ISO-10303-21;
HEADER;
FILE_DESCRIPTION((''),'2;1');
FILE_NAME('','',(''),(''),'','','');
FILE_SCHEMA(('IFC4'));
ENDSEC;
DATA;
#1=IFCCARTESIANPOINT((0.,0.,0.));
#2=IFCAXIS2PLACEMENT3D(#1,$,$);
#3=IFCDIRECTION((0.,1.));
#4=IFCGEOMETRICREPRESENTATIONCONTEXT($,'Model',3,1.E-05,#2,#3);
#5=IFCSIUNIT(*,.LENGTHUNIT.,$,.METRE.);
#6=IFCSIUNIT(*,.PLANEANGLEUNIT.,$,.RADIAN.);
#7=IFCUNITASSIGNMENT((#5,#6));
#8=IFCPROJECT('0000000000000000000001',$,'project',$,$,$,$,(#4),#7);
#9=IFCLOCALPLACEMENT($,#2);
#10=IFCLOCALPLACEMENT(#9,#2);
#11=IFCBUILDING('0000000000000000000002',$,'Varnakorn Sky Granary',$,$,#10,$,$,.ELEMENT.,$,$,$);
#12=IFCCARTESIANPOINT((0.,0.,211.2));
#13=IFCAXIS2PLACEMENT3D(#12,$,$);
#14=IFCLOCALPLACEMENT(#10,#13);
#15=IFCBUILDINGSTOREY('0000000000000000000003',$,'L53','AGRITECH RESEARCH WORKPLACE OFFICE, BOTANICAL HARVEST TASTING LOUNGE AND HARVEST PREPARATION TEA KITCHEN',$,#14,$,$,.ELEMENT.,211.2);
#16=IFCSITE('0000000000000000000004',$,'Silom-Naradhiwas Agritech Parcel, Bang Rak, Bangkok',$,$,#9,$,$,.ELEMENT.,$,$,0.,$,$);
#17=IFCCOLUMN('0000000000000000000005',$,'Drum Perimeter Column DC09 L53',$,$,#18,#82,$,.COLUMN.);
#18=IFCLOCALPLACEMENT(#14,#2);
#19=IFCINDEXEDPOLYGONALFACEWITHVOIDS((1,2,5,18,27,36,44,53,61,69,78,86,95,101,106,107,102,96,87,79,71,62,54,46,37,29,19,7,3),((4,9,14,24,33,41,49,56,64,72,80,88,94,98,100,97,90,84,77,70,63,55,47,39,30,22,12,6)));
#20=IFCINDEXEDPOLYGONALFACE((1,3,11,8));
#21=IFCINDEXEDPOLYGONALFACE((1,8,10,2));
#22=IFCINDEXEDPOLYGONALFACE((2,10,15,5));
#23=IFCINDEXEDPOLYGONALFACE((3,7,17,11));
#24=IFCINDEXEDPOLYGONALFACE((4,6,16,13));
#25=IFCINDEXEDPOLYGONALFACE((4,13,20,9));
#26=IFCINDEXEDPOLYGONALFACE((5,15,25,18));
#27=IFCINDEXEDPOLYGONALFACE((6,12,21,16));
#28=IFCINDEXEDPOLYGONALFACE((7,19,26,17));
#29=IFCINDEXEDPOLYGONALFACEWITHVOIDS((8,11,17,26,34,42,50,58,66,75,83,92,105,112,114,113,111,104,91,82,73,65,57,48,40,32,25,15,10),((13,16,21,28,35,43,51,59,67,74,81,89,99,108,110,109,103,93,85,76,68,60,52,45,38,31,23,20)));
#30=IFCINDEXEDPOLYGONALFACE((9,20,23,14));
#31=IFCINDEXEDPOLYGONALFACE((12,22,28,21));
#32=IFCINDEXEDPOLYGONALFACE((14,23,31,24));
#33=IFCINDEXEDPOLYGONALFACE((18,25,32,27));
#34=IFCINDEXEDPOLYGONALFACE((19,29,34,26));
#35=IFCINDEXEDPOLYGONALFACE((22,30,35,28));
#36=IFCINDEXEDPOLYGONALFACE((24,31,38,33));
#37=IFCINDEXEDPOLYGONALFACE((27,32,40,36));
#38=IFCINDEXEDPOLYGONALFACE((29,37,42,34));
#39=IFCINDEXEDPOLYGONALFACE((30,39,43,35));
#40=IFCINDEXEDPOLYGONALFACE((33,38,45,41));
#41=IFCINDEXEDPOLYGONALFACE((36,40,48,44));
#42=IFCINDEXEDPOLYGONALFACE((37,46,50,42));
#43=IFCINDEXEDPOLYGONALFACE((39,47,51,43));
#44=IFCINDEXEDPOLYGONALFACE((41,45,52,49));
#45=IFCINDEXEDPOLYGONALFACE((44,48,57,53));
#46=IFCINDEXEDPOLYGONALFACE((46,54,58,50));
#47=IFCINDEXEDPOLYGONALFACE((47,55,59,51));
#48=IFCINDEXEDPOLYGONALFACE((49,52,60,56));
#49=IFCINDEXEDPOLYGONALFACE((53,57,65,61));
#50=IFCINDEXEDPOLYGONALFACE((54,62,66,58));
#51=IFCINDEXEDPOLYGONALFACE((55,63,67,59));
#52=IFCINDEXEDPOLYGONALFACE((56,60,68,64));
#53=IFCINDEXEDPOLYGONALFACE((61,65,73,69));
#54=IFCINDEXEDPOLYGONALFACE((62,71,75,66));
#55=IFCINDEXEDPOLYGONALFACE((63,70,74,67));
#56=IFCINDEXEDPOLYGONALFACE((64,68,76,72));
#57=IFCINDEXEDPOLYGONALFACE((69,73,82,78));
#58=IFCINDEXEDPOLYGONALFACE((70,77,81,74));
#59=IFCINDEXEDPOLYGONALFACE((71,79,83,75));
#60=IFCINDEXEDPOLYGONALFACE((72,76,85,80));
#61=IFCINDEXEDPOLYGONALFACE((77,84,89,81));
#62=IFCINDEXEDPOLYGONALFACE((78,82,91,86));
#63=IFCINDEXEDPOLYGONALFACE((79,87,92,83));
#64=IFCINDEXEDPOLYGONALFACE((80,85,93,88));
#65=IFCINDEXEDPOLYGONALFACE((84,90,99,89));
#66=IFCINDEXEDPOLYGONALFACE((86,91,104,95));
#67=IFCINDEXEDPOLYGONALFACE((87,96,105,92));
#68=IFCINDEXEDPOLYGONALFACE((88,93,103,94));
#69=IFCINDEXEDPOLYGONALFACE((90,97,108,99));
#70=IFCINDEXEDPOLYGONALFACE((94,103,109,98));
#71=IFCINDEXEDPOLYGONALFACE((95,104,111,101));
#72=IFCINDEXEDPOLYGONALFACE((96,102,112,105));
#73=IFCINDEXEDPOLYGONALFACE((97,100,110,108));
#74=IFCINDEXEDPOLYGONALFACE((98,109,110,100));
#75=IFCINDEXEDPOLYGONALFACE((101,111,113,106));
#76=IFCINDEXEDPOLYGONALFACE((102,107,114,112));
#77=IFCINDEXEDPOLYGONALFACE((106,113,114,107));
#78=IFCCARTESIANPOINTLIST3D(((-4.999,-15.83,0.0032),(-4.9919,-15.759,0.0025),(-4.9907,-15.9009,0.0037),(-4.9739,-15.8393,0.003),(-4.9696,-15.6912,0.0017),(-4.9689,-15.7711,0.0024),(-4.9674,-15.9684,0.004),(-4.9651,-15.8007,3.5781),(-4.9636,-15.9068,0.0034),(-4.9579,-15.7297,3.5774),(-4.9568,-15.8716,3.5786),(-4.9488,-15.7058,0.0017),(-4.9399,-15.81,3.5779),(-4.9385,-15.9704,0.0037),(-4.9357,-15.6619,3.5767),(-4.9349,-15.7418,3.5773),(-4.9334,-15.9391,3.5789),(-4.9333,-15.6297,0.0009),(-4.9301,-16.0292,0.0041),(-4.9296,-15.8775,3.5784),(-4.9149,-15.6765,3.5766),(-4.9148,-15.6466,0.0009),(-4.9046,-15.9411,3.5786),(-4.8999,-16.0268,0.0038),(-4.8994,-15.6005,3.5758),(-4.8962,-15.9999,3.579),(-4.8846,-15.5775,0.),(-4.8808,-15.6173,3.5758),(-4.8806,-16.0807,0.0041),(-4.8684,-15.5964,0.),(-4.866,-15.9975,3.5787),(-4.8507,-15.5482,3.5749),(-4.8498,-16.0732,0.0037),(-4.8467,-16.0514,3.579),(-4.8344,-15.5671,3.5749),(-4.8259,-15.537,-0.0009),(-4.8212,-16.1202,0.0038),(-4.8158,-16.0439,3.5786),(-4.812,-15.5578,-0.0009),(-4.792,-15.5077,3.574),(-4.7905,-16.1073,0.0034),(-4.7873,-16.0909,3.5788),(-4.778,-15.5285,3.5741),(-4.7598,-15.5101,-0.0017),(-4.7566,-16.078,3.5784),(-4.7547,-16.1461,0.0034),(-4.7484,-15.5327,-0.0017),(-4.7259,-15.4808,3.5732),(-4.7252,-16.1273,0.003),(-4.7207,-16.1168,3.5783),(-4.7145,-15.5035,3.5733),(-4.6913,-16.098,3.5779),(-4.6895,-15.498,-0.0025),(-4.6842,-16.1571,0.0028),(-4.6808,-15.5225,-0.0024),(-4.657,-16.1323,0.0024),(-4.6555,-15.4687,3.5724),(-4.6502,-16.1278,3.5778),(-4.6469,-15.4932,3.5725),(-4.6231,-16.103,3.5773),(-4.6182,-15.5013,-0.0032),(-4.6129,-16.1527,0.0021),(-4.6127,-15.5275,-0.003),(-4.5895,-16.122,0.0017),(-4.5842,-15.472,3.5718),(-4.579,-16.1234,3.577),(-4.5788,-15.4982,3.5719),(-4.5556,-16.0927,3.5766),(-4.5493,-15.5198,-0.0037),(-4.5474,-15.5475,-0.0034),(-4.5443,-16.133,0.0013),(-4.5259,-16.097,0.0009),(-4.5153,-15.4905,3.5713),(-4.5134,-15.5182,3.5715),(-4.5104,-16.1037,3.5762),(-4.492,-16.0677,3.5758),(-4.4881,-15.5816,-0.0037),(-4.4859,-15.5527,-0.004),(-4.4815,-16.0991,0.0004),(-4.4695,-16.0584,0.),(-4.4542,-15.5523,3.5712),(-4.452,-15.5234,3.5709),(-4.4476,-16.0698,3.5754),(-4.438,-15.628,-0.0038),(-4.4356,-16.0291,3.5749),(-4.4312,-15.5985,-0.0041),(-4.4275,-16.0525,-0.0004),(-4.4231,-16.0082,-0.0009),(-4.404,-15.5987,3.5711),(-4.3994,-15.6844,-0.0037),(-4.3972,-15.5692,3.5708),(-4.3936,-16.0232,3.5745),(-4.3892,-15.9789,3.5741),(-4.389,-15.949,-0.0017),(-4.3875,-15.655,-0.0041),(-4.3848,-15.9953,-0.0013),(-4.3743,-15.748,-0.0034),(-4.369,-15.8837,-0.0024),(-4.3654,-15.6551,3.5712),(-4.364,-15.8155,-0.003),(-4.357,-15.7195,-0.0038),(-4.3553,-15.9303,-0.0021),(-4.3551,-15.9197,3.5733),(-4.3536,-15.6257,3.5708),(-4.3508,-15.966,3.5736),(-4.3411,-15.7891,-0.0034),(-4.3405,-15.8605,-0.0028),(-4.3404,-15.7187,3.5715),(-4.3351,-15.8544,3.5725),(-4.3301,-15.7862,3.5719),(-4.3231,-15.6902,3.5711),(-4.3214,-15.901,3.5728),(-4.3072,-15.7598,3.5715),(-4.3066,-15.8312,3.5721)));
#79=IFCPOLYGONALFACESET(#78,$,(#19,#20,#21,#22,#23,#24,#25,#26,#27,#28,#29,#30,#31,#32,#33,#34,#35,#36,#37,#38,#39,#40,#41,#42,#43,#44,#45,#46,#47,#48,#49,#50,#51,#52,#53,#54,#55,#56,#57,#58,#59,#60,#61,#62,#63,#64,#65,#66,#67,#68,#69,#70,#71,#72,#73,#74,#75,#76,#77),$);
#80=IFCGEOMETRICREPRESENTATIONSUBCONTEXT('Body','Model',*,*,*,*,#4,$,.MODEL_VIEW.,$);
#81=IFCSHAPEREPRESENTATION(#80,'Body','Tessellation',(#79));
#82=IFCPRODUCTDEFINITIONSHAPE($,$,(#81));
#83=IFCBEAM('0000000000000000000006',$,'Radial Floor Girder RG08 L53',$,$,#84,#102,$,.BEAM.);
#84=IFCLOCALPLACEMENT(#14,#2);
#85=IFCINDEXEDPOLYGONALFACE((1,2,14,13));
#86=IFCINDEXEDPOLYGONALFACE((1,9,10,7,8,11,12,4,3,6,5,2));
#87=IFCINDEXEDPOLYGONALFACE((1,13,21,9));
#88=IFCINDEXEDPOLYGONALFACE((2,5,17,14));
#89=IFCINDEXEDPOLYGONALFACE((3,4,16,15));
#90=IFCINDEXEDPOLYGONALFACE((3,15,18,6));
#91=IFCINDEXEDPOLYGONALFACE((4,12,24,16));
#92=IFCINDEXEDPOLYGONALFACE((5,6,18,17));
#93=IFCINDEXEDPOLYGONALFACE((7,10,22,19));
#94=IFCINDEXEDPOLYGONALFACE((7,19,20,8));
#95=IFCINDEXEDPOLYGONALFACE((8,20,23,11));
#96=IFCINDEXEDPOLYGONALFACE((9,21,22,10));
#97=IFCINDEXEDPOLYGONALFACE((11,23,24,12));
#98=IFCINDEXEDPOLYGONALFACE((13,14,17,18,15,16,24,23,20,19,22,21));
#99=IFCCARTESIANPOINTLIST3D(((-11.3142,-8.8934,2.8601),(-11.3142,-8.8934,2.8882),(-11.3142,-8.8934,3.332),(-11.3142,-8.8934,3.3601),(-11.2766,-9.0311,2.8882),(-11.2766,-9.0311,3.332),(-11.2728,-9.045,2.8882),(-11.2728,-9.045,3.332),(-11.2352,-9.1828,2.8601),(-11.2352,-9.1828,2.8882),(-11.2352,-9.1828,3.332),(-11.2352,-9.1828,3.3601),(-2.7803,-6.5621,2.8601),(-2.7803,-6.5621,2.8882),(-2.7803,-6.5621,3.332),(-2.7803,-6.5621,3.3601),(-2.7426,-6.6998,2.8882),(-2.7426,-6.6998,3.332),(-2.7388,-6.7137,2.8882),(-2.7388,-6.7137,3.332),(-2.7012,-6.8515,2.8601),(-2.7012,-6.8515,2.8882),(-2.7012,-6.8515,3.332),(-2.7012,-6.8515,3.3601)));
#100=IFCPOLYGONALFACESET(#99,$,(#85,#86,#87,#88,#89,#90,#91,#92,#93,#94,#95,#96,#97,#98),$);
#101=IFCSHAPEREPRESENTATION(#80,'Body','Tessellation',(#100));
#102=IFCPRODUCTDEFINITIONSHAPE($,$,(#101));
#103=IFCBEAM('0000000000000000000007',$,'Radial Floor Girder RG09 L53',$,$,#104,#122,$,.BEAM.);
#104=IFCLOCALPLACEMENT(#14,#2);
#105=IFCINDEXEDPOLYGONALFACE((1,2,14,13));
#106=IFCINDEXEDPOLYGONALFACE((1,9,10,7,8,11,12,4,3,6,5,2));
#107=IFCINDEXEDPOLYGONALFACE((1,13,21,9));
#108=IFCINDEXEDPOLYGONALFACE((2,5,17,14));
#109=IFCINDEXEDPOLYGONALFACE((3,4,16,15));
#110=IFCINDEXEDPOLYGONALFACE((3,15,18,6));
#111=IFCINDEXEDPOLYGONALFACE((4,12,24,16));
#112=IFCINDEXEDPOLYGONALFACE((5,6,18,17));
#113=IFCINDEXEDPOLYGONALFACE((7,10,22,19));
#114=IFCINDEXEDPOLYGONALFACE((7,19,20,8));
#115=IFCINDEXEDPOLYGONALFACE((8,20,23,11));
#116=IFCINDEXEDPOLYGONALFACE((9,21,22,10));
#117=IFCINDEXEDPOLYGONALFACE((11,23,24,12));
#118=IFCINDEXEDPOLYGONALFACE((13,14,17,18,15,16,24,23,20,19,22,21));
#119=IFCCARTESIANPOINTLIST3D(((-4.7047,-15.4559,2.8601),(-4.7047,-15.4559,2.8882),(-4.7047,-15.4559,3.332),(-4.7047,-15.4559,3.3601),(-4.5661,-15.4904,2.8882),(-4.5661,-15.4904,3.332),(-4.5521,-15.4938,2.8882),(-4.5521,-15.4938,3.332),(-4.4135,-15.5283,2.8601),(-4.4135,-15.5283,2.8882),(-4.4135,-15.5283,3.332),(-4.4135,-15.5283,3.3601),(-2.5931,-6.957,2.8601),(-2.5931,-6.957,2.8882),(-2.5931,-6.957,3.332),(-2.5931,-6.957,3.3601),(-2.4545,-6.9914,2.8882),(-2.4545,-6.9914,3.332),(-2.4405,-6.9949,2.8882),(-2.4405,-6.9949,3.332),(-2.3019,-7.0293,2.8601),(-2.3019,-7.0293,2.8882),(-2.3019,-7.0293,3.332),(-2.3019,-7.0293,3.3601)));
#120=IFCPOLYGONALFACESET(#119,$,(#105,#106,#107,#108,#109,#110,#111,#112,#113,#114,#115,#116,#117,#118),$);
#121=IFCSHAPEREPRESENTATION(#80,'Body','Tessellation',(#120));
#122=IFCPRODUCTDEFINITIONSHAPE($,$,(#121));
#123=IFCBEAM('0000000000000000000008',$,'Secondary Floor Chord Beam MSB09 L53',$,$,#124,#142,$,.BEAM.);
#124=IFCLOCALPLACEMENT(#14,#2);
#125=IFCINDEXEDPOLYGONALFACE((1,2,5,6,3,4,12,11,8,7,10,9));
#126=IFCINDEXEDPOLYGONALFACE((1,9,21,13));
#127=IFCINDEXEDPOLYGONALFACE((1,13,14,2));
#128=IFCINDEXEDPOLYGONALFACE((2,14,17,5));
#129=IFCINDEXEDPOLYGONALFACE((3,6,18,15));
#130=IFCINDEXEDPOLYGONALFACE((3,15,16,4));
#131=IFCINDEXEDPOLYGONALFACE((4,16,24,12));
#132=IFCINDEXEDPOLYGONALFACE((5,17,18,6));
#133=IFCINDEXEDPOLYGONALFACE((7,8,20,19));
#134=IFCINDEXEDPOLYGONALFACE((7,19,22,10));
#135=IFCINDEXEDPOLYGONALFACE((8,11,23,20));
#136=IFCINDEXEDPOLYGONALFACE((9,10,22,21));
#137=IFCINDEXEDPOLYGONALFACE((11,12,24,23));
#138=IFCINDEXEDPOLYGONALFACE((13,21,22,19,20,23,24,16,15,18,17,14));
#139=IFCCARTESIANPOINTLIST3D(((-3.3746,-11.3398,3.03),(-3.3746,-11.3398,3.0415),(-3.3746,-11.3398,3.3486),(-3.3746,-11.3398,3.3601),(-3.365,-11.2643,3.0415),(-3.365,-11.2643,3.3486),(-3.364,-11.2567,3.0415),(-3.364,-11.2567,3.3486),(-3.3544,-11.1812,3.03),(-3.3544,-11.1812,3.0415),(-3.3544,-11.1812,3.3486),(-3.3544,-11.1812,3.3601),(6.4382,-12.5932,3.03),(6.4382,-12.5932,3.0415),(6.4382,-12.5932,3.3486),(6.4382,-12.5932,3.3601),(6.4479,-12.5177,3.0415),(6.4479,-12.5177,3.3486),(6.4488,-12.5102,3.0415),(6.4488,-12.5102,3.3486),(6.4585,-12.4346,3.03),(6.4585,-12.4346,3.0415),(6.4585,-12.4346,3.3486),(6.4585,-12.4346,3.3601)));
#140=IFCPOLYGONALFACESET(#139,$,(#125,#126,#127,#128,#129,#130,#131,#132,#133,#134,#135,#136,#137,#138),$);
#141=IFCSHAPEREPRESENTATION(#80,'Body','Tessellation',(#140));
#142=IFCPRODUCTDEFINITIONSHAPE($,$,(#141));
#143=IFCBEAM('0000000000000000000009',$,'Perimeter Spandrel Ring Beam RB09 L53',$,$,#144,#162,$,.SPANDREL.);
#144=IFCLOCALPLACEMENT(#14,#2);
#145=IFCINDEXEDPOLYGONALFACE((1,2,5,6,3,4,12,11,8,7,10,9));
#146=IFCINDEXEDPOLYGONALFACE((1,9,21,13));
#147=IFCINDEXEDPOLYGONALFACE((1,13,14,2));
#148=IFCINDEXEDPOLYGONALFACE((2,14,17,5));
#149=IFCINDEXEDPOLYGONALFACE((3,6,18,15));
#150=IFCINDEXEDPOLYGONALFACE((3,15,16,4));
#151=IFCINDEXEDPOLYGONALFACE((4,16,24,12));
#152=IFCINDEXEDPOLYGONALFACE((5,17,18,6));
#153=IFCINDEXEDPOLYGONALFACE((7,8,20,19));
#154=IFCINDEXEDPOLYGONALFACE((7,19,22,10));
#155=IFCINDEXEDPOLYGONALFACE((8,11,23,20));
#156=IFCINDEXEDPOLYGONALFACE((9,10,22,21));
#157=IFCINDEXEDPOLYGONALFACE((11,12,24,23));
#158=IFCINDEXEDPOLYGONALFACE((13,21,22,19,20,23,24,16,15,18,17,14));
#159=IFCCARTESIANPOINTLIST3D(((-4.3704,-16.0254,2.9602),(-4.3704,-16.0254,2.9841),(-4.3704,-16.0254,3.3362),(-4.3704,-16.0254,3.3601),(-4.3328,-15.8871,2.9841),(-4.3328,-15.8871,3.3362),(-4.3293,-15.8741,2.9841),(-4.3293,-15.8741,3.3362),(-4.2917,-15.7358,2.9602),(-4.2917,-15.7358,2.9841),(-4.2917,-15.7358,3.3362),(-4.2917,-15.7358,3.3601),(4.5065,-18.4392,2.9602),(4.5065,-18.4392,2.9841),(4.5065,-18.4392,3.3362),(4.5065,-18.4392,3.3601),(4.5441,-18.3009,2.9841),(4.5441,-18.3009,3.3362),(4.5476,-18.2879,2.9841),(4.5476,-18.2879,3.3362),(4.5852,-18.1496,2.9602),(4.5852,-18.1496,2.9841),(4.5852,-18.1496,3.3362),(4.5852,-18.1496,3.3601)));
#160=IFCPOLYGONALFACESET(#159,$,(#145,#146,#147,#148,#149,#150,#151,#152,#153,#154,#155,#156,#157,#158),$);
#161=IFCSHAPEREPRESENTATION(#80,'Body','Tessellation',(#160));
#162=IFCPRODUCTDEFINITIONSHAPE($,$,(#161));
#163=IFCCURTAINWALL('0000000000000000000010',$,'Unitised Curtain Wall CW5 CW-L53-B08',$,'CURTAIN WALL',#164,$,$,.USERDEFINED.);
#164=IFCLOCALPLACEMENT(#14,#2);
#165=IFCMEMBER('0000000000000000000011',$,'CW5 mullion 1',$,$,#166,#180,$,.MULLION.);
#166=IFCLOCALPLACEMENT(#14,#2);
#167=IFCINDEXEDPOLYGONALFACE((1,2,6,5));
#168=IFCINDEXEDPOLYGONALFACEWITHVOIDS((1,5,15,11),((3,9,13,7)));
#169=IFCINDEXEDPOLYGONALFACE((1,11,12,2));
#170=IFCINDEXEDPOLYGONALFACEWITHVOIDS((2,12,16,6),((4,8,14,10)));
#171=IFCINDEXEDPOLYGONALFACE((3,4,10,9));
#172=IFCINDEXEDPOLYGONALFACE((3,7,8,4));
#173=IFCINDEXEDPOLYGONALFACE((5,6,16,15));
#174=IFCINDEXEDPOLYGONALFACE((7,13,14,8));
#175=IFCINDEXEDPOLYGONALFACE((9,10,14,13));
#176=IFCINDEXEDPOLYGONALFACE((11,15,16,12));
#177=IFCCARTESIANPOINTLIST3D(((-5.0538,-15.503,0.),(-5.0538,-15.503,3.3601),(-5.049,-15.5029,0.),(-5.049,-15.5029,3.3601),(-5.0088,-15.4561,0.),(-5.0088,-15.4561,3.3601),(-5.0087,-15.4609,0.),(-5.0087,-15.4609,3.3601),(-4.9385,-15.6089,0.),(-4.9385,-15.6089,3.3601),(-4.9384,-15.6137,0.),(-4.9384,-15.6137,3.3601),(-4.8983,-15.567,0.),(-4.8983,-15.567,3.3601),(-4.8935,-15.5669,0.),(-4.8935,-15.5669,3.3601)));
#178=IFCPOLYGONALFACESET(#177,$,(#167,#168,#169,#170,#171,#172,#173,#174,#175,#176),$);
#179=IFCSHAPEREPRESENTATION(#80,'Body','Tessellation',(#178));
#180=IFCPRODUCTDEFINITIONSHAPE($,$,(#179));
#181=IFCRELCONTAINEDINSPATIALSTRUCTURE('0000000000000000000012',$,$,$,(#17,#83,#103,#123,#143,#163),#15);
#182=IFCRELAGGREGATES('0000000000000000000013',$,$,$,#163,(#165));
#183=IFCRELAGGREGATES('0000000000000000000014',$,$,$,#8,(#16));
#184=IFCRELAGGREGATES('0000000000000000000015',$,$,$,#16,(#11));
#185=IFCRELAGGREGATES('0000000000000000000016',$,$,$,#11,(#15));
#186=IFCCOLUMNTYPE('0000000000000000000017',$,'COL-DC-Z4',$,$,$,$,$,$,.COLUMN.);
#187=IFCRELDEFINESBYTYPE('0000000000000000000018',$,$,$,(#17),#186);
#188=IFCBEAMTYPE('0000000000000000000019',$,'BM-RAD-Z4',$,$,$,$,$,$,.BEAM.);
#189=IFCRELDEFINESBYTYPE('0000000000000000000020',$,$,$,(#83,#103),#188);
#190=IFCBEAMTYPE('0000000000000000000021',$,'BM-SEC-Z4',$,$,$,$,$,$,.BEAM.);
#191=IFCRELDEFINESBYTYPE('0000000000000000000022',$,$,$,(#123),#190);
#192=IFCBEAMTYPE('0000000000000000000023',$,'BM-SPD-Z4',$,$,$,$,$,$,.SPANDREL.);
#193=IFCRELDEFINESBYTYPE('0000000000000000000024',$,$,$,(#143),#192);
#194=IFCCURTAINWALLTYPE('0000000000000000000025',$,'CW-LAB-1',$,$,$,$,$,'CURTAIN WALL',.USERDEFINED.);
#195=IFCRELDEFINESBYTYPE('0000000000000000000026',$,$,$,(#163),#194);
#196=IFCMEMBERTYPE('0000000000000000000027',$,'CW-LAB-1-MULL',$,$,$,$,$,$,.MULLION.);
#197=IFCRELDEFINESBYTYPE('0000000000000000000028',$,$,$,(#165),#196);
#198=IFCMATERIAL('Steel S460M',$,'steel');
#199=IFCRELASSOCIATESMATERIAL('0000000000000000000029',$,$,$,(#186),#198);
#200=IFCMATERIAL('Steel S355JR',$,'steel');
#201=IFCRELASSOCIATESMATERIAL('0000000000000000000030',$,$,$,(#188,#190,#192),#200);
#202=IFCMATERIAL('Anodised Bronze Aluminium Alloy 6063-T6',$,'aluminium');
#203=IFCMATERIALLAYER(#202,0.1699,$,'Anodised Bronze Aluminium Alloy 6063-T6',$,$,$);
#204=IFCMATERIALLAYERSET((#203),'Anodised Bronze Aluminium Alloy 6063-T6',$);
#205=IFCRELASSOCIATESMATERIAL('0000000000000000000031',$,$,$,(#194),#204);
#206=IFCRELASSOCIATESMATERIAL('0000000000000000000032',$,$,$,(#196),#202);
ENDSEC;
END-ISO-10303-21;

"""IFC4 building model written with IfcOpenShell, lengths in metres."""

from ifc_helpers import new_model, si_unit, direction, frame, origin, origin_2d, place, context, subcontext, project, spatial, hollow_rectangle, hollow_circle, i_section, extrude, material, layer, layer_set, material_profile, profile_set, type_object, element, aggregate, save


model = new_model("IFC4")

# Units and contexts
model_context = context("Model", 3, precision=1e-05, world=origin(), true_north=direction((0.0, 1.0)))
body_context = subcontext(model_context, "Body", "Model", "MODEL_VIEW")
ifc_project = project(units=[si_unit("LENGTHUNIT", "METRE"), si_unit("PLANEANGLEUNIT", "RADIAN")], contexts=[model_context])

# Site, building, storey
site_placement = place(None, origin())
site = spatial("IfcSite", under=ifc_project, at=site_placement, Name="Silom-Naradhiwas Agritech Parcel, Bang Rak, Bangkok", CompositionType="ELEMENT", RefElevation=0.0)
building_placement = place(site_placement, origin())
building = spatial("IfcBuilding", under=site, at=building_placement, Name="Varnakorn Sky Granary", CompositionType="ELEMENT")
storey_placement = place(building_placement, frame((0.0, 0.0, 211.2)))
storey = spatial("IfcBuildingStorey", under=building, at=storey_placement, Name="L53", Description="AGRITECH RESEARCH WORKPLACE OFFICE, BOTANICAL HARVEST TASTING LOUNGE AND HARVEST PREPARATION TEA KITCHEN", CompositionType="ELEMENT", Elevation=211.2)

# Column
ifc_material_1 = material(Name="Steel S460M", Category="steel")
ifc_material_profile_1 = material_profile(ifc_material_1, hollow_circle(Radius=0.3301, WallThickness=0.0249, at=origin_2d()), Name="CHS 660x25")
ifc_profile_set_1 = profile_set([ifc_material_profile_1], Name="Steel S460M")
column_type = type_object("IfcColumnType", Name="COL-DC-Z4", PredefinedType="COLUMN", material=ifc_profile_set_1)
column_placement = place(storey_placement, frame((-4.6689, -15.8274, 0.0), z_axis=(0.009492, 0.008194, 0.999921), x_axis=(-0.653478, 0.756945, 0.0)))
element("IfcColumn", 1, at=column_placement, inside=storey, type_object=column_type, Name="Drum Perimeter Column DC09 L53", PredefinedType="COLUMN", context=body_context, shape_type="SweptSolid", body=[
    extrude(hollow_circle(Radius=0.3301, WallThickness=0.0249, at=origin_2d()), origin(), (0.0, 0.0, 1.0), 3.5752),
])

# Beams
ifc_material_2 = material(Name="Steel S355JR", Category="steel")
ifc_material_profile_2 = material_profile(ifc_material_2, i_section(OverallWidth=0.3, OverallDepth=0.5, WebThickness=0.0144, FlangeThickness=0.0281, at=origin_2d()), Name="HE 500 B")
ifc_profile_set_2 = profile_set([ifc_material_profile_2], Name="Steel S355JR")
beam_type_1 = type_object("IfcBeamType", Name="BM-RAD-Z4", PredefinedType="BEAM", material=ifc_profile_set_2)
beam_1_placement = place(storey_placement, frame((-2.7407, -6.7068, 3.1101), z_axis=(-0.964653, -0.263524, 0.0), x_axis=(0.263524, -0.964653, 0.0)))
element("IfcBeam", 2, at=beam_1_placement, inside=storey, type_object=beam_type_1, Name="Radial Floor Girder RG08 L53", PredefinedType="BEAM", context=body_context, shape_type="SweptSolid", body=[
    extrude(i_section(OverallWidth=0.3, OverallDepth=0.5, WebThickness=0.0144, FlangeThickness=0.0281, at=origin_2d()), origin(), (0.0, 0.0, 1.0), 8.8467),
])
beam_2_placement = place(storey_placement, frame((-2.4475, -6.9932, 3.1101), z_axis=(-0.241118, -0.970496, 0.0), x_axis=(0.970496, -0.241118, 0.0)))
element("IfcBeam", 3, at=beam_2_placement, inside=storey, type_object=beam_type_1, Name="Radial Floor Girder RG09 L53", PredefinedType="BEAM", context=body_context, shape_type="SweptSolid", body=[
    extrude(i_section(OverallWidth=0.3, OverallDepth=0.5, WebThickness=0.0144, FlangeThickness=0.0281, at=origin_2d()), origin(), (0.0, 0.0, 1.0), 8.7573),
])
ifc_material_profile_3 = material_profile(ifc_material_2, i_section(OverallWidth=0.1599, OverallDepth=0.3301, WebThickness=0.0076, FlangeThickness=0.0115, at=origin_2d()), Name="IPE 330")
ifc_profile_set_3 = profile_set([ifc_material_profile_3], Name="Steel S355JR")
beam_type_2 = type_object("IfcBeamType", Name="BM-SEC-Z4", PredefinedType="BEAM", material=ifc_profile_set_3)
beam_3_placement = place(storey_placement, frame((-3.3645, -11.2605, 3.1951), z_axis=(0.991941, -0.126704, 0.0), x_axis=(0.126704, 0.991941, 0.0)))
element("IfcBeam", 4, at=beam_3_placement, inside=storey, type_object=beam_type_2, Name="Secondary Floor Chord Beam MSB09 L53", PredefinedType="BEAM", context=body_context, shape_type="SweptSolid", body=[
    extrude(i_section(OverallWidth=0.1599, OverallDepth=0.3301, WebThickness=0.0076, FlangeThickness=0.0115, at=origin_2d()), origin(), (0.0, 0.0, 1.0), 9.8926),
])
ifc_material_profile_4 = material_profile(ifc_material_2, i_section(OverallWidth=0.3, OverallDepth=0.3999, WebThickness=0.0134, FlangeThickness=0.0239, at=origin_2d()), Name="HE 400 B")
ifc_profile_set_4 = profile_set([ifc_material_profile_4], Name="Steel S355JR")
beam_type_3 = type_object("IfcBeamType", Name="BM-SPD-Z4", PredefinedType="SPANDREL", material=ifc_profile_set_4)
beam_4_placement = place(storey_placement, frame((-4.3311, -15.8806, 3.1602), z_axis=(0.964961, -0.262392, 0.0), x_axis=(0.262392, 0.964961, 0.0)))
element("IfcBeam", 5, at=beam_4_placement, inside=storey, type_object=beam_type_3, Name="Perimeter Spandrel Ring Beam RB09 L53", PredefinedType="SPANDREL", context=body_context, shape_type="SweptSolid", body=[
    extrude(i_section(OverallWidth=0.3, OverallDepth=0.3999, WebThickness=0.0134, FlangeThickness=0.0239, at=origin_2d()), origin(), (0.0, 0.0, 1.0), 9.1992),
])

# Curtain wall, member
ifc_material_3 = material(Name="Anodised Bronze Aluminium Alloy 6063-T6", Category="aluminium")
ifc_layer_1 = layer(ifc_material_3, 0.1699, Name="Anodised Bronze Aluminium Alloy 6063-T6")
ifc_layer_set_1 = layer_set([ifc_layer_1], Name="Anodised Bronze Aluminium Alloy 6063-T6")
curtain_wall_type = type_object("IfcCurtainWallType", Name="CW-LAB-1", ElementType="CURTAIN WALL", PredefinedType="USERDEFINED", material=ifc_layer_set_1)
curtain_wall_placement = place(storey_placement, origin())
curtain_wall = element("IfcCurtainWall", 6, at=curtain_wall_placement, inside=storey, type_object=curtain_wall_type, Name="Unitised Curtain Wall CW5 CW-L53-B08", ObjectType="CURTAIN WALL", PredefinedType="USERDEFINED")
ifc_material_profile_5 = material_profile(ifc_material_3, hollow_rectangle(XDim=0.0649, YDim=0.1599, WallThickness=0.0034, at=origin_2d()), Name="ALU MULL 65x160")
ifc_profile_set_5 = profile_set([ifc_material_profile_5], Name="Anodised Bronze Aluminium Alloy 6063-T6")
member_type_1 = type_object("IfcMemberType", Name="CW-LAB-1-MULL", PredefinedType="MULLION", material=ifc_profile_set_5)
member_1_placement = place(storey_placement, frame((-4.9736, -15.5349, 0.0), z_axis=(0.0, 0.0, 1.0), x_axis=(-0.692516, -0.721402, 0.0)))
member_1 = element("IfcMember", 7, at=member_1_placement, type_object=member_type_1, Name="CW5 mullion 1", PredefinedType="MULLION", context=body_context, shape_type="SweptSolid", body=[
    extrude(hollow_rectangle(XDim=0.0649, YDim=0.1599, WallThickness=0.0034, at=origin_2d()), origin(), (0.0, 0.0, 1.0), 3.3601),
])

aggregate(curtain_wall, [member_1])

save(model, "model.ifc")
